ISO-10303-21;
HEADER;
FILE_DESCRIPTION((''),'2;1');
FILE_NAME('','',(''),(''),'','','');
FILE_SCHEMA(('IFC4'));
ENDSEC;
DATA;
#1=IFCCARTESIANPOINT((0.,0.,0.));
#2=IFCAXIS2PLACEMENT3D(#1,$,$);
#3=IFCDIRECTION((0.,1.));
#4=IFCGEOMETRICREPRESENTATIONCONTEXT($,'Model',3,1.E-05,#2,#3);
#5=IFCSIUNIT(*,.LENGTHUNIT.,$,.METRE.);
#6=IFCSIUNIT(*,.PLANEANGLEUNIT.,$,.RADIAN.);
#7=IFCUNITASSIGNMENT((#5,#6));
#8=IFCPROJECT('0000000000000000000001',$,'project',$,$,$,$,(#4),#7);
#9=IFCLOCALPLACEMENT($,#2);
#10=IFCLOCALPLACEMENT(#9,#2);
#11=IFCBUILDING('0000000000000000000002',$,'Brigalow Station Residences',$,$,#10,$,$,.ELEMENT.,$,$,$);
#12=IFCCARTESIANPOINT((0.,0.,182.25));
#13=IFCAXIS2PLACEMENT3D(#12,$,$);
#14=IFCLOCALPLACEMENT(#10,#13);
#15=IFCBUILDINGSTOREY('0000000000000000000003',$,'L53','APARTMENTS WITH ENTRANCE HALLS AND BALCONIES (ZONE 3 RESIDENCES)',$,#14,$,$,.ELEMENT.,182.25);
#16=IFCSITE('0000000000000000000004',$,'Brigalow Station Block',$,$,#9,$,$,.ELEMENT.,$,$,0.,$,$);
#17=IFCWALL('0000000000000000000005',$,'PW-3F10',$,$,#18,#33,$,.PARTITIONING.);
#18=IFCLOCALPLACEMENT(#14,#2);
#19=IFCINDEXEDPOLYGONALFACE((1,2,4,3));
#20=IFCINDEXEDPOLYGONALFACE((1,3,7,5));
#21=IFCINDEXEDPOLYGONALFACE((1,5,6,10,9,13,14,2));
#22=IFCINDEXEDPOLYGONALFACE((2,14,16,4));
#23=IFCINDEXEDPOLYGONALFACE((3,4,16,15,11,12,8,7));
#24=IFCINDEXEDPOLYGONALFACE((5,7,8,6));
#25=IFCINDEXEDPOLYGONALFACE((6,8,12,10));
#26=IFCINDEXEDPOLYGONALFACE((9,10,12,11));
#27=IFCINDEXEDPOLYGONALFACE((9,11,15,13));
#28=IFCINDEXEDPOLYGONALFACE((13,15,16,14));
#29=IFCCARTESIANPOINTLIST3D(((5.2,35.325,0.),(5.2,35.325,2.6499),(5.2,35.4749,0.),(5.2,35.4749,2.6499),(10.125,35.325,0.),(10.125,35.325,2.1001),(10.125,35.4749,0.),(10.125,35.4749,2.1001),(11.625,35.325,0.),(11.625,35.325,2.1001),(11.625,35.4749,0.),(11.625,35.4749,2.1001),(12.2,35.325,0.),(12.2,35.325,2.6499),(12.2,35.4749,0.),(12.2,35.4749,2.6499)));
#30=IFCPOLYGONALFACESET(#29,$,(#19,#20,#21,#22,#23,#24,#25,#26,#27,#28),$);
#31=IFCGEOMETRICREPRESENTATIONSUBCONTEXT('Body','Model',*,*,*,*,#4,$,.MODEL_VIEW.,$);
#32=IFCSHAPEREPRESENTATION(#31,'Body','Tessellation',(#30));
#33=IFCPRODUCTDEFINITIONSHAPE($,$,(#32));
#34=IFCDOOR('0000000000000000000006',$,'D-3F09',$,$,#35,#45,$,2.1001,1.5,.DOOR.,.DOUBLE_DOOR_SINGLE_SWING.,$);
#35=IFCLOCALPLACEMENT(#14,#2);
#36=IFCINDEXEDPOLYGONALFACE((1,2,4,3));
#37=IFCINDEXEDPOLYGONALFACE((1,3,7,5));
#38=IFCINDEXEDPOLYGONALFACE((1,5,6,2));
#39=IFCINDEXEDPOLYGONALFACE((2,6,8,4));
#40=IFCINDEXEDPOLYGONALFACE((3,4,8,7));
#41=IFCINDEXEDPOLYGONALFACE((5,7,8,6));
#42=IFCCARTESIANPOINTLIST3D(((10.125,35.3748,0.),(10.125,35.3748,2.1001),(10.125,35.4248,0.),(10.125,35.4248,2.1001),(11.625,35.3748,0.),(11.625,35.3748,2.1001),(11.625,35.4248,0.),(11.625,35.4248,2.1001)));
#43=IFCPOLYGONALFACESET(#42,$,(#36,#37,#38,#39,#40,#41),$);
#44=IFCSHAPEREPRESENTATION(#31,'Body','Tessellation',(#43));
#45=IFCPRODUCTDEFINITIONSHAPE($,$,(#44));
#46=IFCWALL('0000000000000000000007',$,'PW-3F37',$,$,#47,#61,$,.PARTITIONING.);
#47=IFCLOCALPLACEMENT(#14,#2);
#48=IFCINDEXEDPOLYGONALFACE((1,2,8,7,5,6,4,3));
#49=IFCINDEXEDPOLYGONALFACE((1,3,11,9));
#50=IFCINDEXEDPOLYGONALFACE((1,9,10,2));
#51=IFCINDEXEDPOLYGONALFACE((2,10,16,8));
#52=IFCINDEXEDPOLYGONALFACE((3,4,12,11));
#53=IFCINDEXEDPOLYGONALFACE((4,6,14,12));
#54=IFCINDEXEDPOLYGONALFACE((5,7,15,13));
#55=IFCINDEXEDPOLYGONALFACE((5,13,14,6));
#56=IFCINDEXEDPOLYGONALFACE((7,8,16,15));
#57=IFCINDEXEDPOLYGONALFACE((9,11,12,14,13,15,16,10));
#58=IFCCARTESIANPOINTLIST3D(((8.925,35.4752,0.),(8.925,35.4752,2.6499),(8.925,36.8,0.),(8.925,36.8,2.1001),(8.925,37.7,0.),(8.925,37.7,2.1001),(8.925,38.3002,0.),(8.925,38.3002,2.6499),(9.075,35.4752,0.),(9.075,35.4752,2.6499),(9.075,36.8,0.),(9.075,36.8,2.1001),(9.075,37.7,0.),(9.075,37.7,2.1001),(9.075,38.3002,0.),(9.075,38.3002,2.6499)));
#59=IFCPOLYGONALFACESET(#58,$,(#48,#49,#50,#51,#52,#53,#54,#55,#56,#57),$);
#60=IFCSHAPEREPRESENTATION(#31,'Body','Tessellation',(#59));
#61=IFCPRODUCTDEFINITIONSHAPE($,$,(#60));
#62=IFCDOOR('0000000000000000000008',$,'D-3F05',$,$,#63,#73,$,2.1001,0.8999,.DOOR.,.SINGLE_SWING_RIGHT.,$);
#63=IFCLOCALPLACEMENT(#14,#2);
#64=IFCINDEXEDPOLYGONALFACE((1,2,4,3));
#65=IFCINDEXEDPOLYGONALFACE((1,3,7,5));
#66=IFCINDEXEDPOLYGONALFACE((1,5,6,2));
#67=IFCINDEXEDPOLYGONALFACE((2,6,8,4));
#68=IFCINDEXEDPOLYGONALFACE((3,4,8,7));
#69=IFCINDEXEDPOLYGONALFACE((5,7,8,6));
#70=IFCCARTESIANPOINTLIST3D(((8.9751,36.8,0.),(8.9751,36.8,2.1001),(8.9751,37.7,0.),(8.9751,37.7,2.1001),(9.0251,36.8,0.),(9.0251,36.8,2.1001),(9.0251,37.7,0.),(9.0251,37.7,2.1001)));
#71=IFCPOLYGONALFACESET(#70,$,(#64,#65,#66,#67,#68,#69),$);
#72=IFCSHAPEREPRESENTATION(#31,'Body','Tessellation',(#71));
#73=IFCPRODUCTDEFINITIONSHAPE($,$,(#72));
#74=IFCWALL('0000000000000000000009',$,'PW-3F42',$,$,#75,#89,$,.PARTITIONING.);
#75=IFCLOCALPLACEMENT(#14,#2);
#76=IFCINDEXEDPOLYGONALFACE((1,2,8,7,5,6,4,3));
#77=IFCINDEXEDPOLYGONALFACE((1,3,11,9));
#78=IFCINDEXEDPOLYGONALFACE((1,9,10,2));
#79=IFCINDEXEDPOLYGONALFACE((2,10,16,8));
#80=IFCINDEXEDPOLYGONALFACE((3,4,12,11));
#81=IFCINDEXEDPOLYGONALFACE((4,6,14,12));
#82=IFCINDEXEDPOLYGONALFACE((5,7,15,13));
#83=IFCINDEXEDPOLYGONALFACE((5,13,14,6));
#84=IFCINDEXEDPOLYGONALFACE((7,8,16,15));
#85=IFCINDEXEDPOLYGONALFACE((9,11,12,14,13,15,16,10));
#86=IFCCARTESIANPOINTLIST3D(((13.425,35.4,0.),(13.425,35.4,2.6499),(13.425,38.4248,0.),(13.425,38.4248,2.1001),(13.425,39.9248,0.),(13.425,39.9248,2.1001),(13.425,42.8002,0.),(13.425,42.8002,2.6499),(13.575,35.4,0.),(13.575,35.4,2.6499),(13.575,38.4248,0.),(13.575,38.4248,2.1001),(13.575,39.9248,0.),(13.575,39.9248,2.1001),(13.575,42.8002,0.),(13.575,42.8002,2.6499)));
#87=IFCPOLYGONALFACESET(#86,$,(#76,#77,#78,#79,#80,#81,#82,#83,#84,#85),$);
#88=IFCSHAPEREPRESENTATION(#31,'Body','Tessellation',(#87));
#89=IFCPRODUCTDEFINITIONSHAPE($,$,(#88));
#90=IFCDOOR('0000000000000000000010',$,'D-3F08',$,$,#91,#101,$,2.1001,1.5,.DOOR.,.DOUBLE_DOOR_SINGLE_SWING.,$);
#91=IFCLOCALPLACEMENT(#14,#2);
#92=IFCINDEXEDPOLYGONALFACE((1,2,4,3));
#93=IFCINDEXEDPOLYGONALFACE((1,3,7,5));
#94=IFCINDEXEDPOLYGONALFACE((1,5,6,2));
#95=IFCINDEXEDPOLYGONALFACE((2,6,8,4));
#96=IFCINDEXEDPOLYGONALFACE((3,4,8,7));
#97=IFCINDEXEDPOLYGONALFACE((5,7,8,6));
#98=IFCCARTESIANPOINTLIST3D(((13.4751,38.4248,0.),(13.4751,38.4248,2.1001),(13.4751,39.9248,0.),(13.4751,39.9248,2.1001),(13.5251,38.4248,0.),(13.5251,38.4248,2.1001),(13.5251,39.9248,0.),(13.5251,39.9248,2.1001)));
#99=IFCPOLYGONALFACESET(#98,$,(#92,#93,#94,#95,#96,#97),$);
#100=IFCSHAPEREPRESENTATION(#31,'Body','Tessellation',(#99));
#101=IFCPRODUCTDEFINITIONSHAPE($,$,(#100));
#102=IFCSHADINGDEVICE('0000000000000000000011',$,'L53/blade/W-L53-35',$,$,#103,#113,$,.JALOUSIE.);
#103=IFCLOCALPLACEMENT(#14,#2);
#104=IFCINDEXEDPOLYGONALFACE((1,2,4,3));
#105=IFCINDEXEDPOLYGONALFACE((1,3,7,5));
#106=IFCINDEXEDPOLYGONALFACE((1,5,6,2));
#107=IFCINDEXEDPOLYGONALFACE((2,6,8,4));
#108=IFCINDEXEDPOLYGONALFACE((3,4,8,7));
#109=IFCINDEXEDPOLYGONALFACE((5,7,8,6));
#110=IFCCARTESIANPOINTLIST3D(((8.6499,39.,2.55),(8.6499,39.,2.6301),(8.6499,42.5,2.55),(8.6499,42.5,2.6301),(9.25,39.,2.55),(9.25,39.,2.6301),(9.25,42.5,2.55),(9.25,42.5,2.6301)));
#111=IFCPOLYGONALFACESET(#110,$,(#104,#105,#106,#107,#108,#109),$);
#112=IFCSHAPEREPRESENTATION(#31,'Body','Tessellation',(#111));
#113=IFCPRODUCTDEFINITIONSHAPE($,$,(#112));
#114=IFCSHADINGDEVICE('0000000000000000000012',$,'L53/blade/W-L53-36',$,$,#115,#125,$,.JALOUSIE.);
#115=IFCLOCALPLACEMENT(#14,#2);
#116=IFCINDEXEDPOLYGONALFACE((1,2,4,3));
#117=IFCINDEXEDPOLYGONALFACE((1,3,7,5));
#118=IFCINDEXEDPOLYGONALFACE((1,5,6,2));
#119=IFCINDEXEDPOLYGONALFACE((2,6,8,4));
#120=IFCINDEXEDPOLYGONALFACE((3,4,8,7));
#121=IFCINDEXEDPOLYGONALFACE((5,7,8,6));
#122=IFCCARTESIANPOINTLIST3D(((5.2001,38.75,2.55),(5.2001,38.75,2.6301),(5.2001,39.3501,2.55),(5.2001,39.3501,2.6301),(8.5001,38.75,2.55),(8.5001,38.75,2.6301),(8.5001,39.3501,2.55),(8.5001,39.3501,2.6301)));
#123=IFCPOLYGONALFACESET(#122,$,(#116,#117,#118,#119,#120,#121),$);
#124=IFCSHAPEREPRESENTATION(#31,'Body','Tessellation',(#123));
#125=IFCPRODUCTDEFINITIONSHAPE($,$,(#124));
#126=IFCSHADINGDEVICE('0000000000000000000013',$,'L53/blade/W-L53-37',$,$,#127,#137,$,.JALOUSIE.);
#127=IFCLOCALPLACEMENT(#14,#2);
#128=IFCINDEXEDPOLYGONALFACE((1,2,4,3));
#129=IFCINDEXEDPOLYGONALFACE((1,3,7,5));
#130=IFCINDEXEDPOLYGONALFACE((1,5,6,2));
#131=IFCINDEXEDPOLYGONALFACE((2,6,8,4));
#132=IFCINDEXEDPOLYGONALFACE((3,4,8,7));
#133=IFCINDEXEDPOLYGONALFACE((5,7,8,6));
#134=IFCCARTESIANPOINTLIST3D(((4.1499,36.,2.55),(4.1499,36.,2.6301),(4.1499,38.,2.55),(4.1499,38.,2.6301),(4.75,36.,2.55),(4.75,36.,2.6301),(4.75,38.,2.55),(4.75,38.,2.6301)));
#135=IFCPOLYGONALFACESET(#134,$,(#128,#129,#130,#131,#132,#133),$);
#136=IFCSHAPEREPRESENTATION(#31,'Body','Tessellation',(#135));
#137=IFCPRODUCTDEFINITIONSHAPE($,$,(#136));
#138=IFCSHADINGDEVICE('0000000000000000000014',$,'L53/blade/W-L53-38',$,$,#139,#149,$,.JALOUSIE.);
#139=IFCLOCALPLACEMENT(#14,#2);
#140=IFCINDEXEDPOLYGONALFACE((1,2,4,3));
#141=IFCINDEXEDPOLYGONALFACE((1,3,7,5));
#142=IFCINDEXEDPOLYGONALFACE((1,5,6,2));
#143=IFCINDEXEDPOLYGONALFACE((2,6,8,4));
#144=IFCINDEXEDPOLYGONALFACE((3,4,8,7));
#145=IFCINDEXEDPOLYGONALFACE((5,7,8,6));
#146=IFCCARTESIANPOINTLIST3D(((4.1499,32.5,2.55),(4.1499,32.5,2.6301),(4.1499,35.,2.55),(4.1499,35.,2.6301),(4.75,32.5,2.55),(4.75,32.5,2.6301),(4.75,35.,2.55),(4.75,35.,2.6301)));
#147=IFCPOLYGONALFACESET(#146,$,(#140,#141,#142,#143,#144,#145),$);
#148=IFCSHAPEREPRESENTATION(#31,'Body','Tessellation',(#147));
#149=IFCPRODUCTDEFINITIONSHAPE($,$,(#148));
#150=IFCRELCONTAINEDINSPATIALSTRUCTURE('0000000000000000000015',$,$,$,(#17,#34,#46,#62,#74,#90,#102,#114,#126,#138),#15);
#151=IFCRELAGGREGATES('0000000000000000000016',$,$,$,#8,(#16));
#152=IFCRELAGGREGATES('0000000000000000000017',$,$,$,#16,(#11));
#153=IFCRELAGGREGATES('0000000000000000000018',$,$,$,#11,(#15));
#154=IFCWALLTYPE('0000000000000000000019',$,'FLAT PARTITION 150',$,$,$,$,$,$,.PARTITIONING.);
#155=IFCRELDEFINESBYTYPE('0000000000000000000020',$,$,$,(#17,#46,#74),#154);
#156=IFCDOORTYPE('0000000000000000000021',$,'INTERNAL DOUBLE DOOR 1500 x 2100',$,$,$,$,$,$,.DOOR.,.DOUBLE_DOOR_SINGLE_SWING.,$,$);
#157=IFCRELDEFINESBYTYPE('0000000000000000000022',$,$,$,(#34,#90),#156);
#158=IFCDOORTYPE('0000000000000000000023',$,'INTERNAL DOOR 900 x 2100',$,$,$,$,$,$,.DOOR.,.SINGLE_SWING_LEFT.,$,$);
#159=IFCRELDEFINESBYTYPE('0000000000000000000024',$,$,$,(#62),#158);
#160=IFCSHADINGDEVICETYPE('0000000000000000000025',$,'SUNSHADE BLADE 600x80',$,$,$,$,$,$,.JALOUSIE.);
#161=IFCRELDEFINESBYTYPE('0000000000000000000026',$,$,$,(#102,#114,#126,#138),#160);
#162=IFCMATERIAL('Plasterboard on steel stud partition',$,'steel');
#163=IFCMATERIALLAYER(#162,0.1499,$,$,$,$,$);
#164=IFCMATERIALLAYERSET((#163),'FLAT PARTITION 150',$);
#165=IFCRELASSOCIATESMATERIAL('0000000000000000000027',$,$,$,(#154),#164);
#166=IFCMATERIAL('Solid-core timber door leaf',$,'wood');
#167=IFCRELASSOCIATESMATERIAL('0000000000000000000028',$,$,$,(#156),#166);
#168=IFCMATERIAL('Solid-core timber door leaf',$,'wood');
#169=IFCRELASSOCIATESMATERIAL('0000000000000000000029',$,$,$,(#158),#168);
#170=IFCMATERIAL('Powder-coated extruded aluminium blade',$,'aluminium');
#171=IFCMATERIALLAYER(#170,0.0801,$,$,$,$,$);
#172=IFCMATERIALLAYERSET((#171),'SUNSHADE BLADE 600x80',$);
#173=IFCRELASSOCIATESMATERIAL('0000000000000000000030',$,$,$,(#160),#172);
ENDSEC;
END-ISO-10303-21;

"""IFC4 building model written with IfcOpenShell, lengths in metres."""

from ifc_helpers import new_model, si_unit, direction, frame, frame_2d, origin, origin_2d, place, context, subcontext, project, spatial, rectangle, extrude, material, layer, layer_set, type_object, element, fill, save


model = new_model("IFC4")

# Units and contexts
model_context = context("Model", 3, precision=1e-05, world=origin(), true_north=direction((0.0, 1.0)))
body_context = subcontext(model_context, "Body", "Model", "MODEL_VIEW")
ifc_project = project(units=[si_unit("LENGTHUNIT", "METRE"), si_unit("PLANEANGLEUNIT", "RADIAN")], contexts=[model_context])

# Site, building, storey
site_placement = place(None, origin())
site = spatial("IfcSite", under=ifc_project, at=site_placement, Name="Brigalow Station Block", CompositionType="ELEMENT", RefElevation=0.0)
building_placement = place(site_placement, origin())
building = spatial("IfcBuilding", under=site, at=building_placement, Name="Brigalow Station Residences", CompositionType="ELEMENT")
storey_placement = place(building_placement, frame((0.0, 0.0, 182.25)))
storey = spatial("IfcBuildingStorey", under=building, at=storey_placement, Name="L53", Description="APARTMENTS WITH ENTRANCE HALLS AND BALCONIES (ZONE 3 RESIDENCES)", CompositionType="ELEMENT", Elevation=182.25)

# Walls, openings, doors
ifc_material_1 = material(Name="Plasterboard on steel stud partition", Category="steel")
ifc_layer_1 = layer(ifc_material_1, 0.1499)
ifc_layer_set_1 = layer_set([ifc_layer_1], Name="FLAT PARTITION 150")
wall_type_1 = type_object("IfcWallType", Name="FLAT PARTITION 150", PredefinedType="PARTITIONING", material=ifc_layer_set_1)
wall_1_placement = place(storey_placement, frame((5.2, 35.3999, 0.0), z_axis=(0.0, 0.0, 1.0), x_axis=(1.0, 0.0, 0.0)))
wall_1 = element("IfcWall", 1, at=wall_1_placement, inside=storey, type_object=wall_type_1, Name="PW-3F10", PredefinedType="PARTITIONING", context=body_context, shape_type="SweptSolid", body=[
    extrude(rectangle(XDim=7.0, YDim=0.1499, at=frame_2d((3.5, 0.0))), origin(), (0.0, 0.0, 1.0), 2.6499),
])
opening_1_placement = place(wall_1_placement, frame((4.925, 0.0, 0.0)))
opening_1 = element("IfcOpeningElement", 2, at=opening_1_placement, cuts=wall_1, PredefinedType="OPENING", context=body_context, shape_type="SweptSolid", body=[
    extrude(rectangle(XDim=1.5, YDim=2.1001, at=frame_2d((0.75, 1.05))), frame((0.0, 0.085, 0.0), z_axis=(0.0, -1.0, 0.0), x_axis=(1.0, 0.0, 0.0)), (0.0, 0.0, 1.0), 0.1699),
])
ifc_material_2 = material(Name="Solid-core timber door leaf", Category="wood")
door_type_1 = type_object("IfcDoorType", Name="INTERNAL DOUBLE DOOR 1500 x 2100", OperationType="DOUBLE_DOOR_SINGLE_SWING", PredefinedType="DOOR", material=ifc_material_2)
door_1_placement = place(opening_1_placement, origin())
door_1 = element("IfcDoor", 3, at=door_1_placement, inside=storey, type_object=door_type_1, Name="D-3F09", OperationType="DOUBLE_DOOR_SINGLE_SWING", OverallHeight=2.1001, OverallWidth=1.5, PredefinedType="DOOR", context=body_context, shape_type="SweptSolid", body=[
    extrude(rectangle(XDim=1.5, YDim=2.1001, at=frame_2d((0.75, 1.05))), frame((0.0, 0.0249, 0.0), z_axis=(0.0, -1.0, 0.0), x_axis=(1.0, 0.0, 0.0)), (0.0, 0.0, 1.0), 0.05),
])
fill(opening_1, door_1)
wall_2_placement = place(storey_placement, frame((9.0, 35.4751, 0.0), z_axis=(0.0, 0.0, 1.0), x_axis=(0.0, 1.0, 0.0)))
wall_2 = element("IfcWall", 4, at=wall_2_placement, inside=storey, type_object=wall_type_1, Name="PW-3F37", PredefinedType="PARTITIONING", context=body_context, shape_type="SweptSolid", body=[
    extrude(rectangle(XDim=2.825, YDim=0.1499, at=frame_2d((1.4126, 0.0))), origin(), (0.0, 0.0, 1.0), 2.6499),
])
opening_2_placement = place(wall_2_placement, frame((1.325, 0.0, 0.0)))
opening_2 = element("IfcOpeningElement", 5, at=opening_2_placement, cuts=wall_2, PredefinedType="OPENING", context=body_context, shape_type="SweptSolid", body=[
    extrude(rectangle(XDim=0.8999, YDim=2.1001, at=frame_2d((0.45, 1.05))), frame((0.0, 0.085, 0.0), z_axis=(0.0, -1.0, 0.0), x_axis=(1.0, 0.0, 0.0)), (0.0, 0.0, 1.0), 0.1699),
])
ifc_material_3 = material(Name="Solid-core timber door leaf", Category="wood")
door_type_2 = type_object("IfcDoorType", Name="INTERNAL DOOR 900 x 2100", OperationType="SINGLE_SWING_LEFT", PredefinedType="DOOR", material=ifc_material_3)
door_2_placement = place(opening_2_placement, origin())
door_2 = element("IfcDoor", 6, at=door_2_placement, inside=storey, type_object=door_type_2, Name="D-3F05", OperationType="SINGLE_SWING_RIGHT", OverallHeight=2.1001, OverallWidth=0.8999, PredefinedType="DOOR", context=body_context, shape_type="SweptSolid", body=[
    extrude(rectangle(XDim=0.8999, YDim=2.1001, at=frame_2d((0.45, 1.05))), frame((0.0, 0.0249, 0.0), z_axis=(0.0, -1.0, 0.0), x_axis=(1.0, 0.0, 0.0)), (0.0, 0.0, 1.0), 0.05),
])
fill(opening_2, door_2)
wall_3_placement = place(storey_placement, frame((13.5, 35.3999, 0.0), z_axis=(0.0, 0.0, 1.0), x_axis=(0.0, 1.0, 0.0)))
wall_3 = element("IfcWall", 7, at=wall_3_placement, inside=storey, type_object=wall_type_1, Name="PW-3F42", PredefinedType="PARTITIONING", context=body_context, shape_type="SweptSolid", body=[
    extrude(rectangle(XDim=7.4001, YDim=0.1499, at=frame_2d((3.7002, 0.0))), origin(), (0.0, 0.0, 1.0), 2.6499),
])
opening_3_placement = place(wall_3_placement, frame((3.0249, 0.0, 0.0)))
opening_3 = element("IfcOpeningElement", 8, at=opening_3_placement, cuts=wall_3, PredefinedType="OPENING", context=body_context, shape_type="SweptSolid", body=[
    extrude(rectangle(XDim=1.5, YDim=2.1001, at=frame_2d((0.75, 1.05))), frame((0.0, 0.085, 0.0), z_axis=(0.0, -1.0, 0.0), x_axis=(1.0, 0.0, 0.0)), (0.0, 0.0, 1.0), 0.1699),
])
door_3_placement = place(opening_3_placement, origin())
door_3 = element("IfcDoor", 9, at=door_3_placement, inside=storey, type_object=door_type_1, Name="D-3F08", OperationType="DOUBLE_DOOR_SINGLE_SWING", OverallHeight=2.1001, OverallWidth=1.5, PredefinedType="DOOR", context=body_context, shape_type="SweptSolid", body=[
    extrude(rectangle(XDim=1.5, YDim=2.1001, at=frame_2d((0.75, 1.05))), frame((0.0, 0.0249, 0.0), z_axis=(0.0, -1.0, 0.0), x_axis=(1.0, 0.0, 0.0)), (0.0, 0.0, 1.0), 0.05),
])
fill(opening_3, door_3)

# Shading devices
ifc_material_4 = material(Name="Powder-coated extruded aluminium blade", Category="aluminium")
ifc_layer_2 = layer(ifc_material_4, 0.0801)
ifc_layer_set_2 = layer_set([ifc_layer_2], Name="SUNSHADE BLADE 600x80")
shading_device_type = type_object("IfcShadingDeviceType", Name="SUNSHADE BLADE 600x80", PredefinedType="JALOUSIE", material=ifc_layer_set_2)
shading_device_1_placement = place(storey_placement, frame((8.95, 40.75, 2.55), z_axis=(0.0, 0.0, 1.0), x_axis=(0.0, -1.0, 0.0)))
element("IfcShadingDevice", 10, at=shading_device_1_placement, inside=storey, type_object=shading_device_type, Name="L53/blade/W-L53-35", PredefinedType="JALOUSIE", context=body_context, shape_type="SweptSolid", body=[
    extrude(rectangle(XDim=3.5, YDim=0.6001, at=origin_2d()), origin(), (0.0, 0.0, 1.0), 0.0801),
])
shading_device_2_placement = place(storey_placement, frame((6.8501, 39.05, 2.55), z_axis=(0.0, 0.0, 1.0), x_axis=(-1.0, 0.0, 0.0)))
element("IfcShadingDevice", 11, at=shading_device_2_placement, inside=storey, type_object=shading_device_type, Name="L53/blade/W-L53-36", PredefinedType="JALOUSIE", context=body_context, shape_type="SweptSolid", body=[
    extrude(rectangle(XDim=3.3, YDim=0.6001, at=origin_2d()), origin(), (0.0, 0.0, 1.0), 0.0801),
])
shading_device_3_placement = place(storey_placement, frame((4.45, 37.0, 2.55), z_axis=(0.0, 0.0, 1.0), x_axis=(0.0, -1.0, 0.0)))
element("IfcShadingDevice", 12, at=shading_device_3_placement, inside=storey, type_object=shading_device_type, Name="L53/blade/W-L53-37", PredefinedType="JALOUSIE", context=body_context, shape_type="SweptSolid", body=[
    extrude(rectangle(XDim=2.0, YDim=0.6001, at=origin_2d()), origin(), (0.0, 0.0, 1.0), 0.0801),
])
shading_device_4_placement = place(storey_placement, frame((4.45, 33.75, 2.55), z_axis=(0.0, 0.0, 1.0), x_axis=(0.0, -1.0, 0.0)))
element("IfcShadingDevice", 13, at=shading_device_4_placement, inside=storey, type_object=shading_device_type, Name="L53/blade/W-L53-38", PredefinedType="JALOUSIE", context=body_context, shape_type="SweptSolid", body=[
    extrude(rectangle(XDim=2.5, YDim=0.6001, at=origin_2d()), origin(), (0.0, 0.0, 1.0), 0.0801),
])

save(model, "model.ifc")
